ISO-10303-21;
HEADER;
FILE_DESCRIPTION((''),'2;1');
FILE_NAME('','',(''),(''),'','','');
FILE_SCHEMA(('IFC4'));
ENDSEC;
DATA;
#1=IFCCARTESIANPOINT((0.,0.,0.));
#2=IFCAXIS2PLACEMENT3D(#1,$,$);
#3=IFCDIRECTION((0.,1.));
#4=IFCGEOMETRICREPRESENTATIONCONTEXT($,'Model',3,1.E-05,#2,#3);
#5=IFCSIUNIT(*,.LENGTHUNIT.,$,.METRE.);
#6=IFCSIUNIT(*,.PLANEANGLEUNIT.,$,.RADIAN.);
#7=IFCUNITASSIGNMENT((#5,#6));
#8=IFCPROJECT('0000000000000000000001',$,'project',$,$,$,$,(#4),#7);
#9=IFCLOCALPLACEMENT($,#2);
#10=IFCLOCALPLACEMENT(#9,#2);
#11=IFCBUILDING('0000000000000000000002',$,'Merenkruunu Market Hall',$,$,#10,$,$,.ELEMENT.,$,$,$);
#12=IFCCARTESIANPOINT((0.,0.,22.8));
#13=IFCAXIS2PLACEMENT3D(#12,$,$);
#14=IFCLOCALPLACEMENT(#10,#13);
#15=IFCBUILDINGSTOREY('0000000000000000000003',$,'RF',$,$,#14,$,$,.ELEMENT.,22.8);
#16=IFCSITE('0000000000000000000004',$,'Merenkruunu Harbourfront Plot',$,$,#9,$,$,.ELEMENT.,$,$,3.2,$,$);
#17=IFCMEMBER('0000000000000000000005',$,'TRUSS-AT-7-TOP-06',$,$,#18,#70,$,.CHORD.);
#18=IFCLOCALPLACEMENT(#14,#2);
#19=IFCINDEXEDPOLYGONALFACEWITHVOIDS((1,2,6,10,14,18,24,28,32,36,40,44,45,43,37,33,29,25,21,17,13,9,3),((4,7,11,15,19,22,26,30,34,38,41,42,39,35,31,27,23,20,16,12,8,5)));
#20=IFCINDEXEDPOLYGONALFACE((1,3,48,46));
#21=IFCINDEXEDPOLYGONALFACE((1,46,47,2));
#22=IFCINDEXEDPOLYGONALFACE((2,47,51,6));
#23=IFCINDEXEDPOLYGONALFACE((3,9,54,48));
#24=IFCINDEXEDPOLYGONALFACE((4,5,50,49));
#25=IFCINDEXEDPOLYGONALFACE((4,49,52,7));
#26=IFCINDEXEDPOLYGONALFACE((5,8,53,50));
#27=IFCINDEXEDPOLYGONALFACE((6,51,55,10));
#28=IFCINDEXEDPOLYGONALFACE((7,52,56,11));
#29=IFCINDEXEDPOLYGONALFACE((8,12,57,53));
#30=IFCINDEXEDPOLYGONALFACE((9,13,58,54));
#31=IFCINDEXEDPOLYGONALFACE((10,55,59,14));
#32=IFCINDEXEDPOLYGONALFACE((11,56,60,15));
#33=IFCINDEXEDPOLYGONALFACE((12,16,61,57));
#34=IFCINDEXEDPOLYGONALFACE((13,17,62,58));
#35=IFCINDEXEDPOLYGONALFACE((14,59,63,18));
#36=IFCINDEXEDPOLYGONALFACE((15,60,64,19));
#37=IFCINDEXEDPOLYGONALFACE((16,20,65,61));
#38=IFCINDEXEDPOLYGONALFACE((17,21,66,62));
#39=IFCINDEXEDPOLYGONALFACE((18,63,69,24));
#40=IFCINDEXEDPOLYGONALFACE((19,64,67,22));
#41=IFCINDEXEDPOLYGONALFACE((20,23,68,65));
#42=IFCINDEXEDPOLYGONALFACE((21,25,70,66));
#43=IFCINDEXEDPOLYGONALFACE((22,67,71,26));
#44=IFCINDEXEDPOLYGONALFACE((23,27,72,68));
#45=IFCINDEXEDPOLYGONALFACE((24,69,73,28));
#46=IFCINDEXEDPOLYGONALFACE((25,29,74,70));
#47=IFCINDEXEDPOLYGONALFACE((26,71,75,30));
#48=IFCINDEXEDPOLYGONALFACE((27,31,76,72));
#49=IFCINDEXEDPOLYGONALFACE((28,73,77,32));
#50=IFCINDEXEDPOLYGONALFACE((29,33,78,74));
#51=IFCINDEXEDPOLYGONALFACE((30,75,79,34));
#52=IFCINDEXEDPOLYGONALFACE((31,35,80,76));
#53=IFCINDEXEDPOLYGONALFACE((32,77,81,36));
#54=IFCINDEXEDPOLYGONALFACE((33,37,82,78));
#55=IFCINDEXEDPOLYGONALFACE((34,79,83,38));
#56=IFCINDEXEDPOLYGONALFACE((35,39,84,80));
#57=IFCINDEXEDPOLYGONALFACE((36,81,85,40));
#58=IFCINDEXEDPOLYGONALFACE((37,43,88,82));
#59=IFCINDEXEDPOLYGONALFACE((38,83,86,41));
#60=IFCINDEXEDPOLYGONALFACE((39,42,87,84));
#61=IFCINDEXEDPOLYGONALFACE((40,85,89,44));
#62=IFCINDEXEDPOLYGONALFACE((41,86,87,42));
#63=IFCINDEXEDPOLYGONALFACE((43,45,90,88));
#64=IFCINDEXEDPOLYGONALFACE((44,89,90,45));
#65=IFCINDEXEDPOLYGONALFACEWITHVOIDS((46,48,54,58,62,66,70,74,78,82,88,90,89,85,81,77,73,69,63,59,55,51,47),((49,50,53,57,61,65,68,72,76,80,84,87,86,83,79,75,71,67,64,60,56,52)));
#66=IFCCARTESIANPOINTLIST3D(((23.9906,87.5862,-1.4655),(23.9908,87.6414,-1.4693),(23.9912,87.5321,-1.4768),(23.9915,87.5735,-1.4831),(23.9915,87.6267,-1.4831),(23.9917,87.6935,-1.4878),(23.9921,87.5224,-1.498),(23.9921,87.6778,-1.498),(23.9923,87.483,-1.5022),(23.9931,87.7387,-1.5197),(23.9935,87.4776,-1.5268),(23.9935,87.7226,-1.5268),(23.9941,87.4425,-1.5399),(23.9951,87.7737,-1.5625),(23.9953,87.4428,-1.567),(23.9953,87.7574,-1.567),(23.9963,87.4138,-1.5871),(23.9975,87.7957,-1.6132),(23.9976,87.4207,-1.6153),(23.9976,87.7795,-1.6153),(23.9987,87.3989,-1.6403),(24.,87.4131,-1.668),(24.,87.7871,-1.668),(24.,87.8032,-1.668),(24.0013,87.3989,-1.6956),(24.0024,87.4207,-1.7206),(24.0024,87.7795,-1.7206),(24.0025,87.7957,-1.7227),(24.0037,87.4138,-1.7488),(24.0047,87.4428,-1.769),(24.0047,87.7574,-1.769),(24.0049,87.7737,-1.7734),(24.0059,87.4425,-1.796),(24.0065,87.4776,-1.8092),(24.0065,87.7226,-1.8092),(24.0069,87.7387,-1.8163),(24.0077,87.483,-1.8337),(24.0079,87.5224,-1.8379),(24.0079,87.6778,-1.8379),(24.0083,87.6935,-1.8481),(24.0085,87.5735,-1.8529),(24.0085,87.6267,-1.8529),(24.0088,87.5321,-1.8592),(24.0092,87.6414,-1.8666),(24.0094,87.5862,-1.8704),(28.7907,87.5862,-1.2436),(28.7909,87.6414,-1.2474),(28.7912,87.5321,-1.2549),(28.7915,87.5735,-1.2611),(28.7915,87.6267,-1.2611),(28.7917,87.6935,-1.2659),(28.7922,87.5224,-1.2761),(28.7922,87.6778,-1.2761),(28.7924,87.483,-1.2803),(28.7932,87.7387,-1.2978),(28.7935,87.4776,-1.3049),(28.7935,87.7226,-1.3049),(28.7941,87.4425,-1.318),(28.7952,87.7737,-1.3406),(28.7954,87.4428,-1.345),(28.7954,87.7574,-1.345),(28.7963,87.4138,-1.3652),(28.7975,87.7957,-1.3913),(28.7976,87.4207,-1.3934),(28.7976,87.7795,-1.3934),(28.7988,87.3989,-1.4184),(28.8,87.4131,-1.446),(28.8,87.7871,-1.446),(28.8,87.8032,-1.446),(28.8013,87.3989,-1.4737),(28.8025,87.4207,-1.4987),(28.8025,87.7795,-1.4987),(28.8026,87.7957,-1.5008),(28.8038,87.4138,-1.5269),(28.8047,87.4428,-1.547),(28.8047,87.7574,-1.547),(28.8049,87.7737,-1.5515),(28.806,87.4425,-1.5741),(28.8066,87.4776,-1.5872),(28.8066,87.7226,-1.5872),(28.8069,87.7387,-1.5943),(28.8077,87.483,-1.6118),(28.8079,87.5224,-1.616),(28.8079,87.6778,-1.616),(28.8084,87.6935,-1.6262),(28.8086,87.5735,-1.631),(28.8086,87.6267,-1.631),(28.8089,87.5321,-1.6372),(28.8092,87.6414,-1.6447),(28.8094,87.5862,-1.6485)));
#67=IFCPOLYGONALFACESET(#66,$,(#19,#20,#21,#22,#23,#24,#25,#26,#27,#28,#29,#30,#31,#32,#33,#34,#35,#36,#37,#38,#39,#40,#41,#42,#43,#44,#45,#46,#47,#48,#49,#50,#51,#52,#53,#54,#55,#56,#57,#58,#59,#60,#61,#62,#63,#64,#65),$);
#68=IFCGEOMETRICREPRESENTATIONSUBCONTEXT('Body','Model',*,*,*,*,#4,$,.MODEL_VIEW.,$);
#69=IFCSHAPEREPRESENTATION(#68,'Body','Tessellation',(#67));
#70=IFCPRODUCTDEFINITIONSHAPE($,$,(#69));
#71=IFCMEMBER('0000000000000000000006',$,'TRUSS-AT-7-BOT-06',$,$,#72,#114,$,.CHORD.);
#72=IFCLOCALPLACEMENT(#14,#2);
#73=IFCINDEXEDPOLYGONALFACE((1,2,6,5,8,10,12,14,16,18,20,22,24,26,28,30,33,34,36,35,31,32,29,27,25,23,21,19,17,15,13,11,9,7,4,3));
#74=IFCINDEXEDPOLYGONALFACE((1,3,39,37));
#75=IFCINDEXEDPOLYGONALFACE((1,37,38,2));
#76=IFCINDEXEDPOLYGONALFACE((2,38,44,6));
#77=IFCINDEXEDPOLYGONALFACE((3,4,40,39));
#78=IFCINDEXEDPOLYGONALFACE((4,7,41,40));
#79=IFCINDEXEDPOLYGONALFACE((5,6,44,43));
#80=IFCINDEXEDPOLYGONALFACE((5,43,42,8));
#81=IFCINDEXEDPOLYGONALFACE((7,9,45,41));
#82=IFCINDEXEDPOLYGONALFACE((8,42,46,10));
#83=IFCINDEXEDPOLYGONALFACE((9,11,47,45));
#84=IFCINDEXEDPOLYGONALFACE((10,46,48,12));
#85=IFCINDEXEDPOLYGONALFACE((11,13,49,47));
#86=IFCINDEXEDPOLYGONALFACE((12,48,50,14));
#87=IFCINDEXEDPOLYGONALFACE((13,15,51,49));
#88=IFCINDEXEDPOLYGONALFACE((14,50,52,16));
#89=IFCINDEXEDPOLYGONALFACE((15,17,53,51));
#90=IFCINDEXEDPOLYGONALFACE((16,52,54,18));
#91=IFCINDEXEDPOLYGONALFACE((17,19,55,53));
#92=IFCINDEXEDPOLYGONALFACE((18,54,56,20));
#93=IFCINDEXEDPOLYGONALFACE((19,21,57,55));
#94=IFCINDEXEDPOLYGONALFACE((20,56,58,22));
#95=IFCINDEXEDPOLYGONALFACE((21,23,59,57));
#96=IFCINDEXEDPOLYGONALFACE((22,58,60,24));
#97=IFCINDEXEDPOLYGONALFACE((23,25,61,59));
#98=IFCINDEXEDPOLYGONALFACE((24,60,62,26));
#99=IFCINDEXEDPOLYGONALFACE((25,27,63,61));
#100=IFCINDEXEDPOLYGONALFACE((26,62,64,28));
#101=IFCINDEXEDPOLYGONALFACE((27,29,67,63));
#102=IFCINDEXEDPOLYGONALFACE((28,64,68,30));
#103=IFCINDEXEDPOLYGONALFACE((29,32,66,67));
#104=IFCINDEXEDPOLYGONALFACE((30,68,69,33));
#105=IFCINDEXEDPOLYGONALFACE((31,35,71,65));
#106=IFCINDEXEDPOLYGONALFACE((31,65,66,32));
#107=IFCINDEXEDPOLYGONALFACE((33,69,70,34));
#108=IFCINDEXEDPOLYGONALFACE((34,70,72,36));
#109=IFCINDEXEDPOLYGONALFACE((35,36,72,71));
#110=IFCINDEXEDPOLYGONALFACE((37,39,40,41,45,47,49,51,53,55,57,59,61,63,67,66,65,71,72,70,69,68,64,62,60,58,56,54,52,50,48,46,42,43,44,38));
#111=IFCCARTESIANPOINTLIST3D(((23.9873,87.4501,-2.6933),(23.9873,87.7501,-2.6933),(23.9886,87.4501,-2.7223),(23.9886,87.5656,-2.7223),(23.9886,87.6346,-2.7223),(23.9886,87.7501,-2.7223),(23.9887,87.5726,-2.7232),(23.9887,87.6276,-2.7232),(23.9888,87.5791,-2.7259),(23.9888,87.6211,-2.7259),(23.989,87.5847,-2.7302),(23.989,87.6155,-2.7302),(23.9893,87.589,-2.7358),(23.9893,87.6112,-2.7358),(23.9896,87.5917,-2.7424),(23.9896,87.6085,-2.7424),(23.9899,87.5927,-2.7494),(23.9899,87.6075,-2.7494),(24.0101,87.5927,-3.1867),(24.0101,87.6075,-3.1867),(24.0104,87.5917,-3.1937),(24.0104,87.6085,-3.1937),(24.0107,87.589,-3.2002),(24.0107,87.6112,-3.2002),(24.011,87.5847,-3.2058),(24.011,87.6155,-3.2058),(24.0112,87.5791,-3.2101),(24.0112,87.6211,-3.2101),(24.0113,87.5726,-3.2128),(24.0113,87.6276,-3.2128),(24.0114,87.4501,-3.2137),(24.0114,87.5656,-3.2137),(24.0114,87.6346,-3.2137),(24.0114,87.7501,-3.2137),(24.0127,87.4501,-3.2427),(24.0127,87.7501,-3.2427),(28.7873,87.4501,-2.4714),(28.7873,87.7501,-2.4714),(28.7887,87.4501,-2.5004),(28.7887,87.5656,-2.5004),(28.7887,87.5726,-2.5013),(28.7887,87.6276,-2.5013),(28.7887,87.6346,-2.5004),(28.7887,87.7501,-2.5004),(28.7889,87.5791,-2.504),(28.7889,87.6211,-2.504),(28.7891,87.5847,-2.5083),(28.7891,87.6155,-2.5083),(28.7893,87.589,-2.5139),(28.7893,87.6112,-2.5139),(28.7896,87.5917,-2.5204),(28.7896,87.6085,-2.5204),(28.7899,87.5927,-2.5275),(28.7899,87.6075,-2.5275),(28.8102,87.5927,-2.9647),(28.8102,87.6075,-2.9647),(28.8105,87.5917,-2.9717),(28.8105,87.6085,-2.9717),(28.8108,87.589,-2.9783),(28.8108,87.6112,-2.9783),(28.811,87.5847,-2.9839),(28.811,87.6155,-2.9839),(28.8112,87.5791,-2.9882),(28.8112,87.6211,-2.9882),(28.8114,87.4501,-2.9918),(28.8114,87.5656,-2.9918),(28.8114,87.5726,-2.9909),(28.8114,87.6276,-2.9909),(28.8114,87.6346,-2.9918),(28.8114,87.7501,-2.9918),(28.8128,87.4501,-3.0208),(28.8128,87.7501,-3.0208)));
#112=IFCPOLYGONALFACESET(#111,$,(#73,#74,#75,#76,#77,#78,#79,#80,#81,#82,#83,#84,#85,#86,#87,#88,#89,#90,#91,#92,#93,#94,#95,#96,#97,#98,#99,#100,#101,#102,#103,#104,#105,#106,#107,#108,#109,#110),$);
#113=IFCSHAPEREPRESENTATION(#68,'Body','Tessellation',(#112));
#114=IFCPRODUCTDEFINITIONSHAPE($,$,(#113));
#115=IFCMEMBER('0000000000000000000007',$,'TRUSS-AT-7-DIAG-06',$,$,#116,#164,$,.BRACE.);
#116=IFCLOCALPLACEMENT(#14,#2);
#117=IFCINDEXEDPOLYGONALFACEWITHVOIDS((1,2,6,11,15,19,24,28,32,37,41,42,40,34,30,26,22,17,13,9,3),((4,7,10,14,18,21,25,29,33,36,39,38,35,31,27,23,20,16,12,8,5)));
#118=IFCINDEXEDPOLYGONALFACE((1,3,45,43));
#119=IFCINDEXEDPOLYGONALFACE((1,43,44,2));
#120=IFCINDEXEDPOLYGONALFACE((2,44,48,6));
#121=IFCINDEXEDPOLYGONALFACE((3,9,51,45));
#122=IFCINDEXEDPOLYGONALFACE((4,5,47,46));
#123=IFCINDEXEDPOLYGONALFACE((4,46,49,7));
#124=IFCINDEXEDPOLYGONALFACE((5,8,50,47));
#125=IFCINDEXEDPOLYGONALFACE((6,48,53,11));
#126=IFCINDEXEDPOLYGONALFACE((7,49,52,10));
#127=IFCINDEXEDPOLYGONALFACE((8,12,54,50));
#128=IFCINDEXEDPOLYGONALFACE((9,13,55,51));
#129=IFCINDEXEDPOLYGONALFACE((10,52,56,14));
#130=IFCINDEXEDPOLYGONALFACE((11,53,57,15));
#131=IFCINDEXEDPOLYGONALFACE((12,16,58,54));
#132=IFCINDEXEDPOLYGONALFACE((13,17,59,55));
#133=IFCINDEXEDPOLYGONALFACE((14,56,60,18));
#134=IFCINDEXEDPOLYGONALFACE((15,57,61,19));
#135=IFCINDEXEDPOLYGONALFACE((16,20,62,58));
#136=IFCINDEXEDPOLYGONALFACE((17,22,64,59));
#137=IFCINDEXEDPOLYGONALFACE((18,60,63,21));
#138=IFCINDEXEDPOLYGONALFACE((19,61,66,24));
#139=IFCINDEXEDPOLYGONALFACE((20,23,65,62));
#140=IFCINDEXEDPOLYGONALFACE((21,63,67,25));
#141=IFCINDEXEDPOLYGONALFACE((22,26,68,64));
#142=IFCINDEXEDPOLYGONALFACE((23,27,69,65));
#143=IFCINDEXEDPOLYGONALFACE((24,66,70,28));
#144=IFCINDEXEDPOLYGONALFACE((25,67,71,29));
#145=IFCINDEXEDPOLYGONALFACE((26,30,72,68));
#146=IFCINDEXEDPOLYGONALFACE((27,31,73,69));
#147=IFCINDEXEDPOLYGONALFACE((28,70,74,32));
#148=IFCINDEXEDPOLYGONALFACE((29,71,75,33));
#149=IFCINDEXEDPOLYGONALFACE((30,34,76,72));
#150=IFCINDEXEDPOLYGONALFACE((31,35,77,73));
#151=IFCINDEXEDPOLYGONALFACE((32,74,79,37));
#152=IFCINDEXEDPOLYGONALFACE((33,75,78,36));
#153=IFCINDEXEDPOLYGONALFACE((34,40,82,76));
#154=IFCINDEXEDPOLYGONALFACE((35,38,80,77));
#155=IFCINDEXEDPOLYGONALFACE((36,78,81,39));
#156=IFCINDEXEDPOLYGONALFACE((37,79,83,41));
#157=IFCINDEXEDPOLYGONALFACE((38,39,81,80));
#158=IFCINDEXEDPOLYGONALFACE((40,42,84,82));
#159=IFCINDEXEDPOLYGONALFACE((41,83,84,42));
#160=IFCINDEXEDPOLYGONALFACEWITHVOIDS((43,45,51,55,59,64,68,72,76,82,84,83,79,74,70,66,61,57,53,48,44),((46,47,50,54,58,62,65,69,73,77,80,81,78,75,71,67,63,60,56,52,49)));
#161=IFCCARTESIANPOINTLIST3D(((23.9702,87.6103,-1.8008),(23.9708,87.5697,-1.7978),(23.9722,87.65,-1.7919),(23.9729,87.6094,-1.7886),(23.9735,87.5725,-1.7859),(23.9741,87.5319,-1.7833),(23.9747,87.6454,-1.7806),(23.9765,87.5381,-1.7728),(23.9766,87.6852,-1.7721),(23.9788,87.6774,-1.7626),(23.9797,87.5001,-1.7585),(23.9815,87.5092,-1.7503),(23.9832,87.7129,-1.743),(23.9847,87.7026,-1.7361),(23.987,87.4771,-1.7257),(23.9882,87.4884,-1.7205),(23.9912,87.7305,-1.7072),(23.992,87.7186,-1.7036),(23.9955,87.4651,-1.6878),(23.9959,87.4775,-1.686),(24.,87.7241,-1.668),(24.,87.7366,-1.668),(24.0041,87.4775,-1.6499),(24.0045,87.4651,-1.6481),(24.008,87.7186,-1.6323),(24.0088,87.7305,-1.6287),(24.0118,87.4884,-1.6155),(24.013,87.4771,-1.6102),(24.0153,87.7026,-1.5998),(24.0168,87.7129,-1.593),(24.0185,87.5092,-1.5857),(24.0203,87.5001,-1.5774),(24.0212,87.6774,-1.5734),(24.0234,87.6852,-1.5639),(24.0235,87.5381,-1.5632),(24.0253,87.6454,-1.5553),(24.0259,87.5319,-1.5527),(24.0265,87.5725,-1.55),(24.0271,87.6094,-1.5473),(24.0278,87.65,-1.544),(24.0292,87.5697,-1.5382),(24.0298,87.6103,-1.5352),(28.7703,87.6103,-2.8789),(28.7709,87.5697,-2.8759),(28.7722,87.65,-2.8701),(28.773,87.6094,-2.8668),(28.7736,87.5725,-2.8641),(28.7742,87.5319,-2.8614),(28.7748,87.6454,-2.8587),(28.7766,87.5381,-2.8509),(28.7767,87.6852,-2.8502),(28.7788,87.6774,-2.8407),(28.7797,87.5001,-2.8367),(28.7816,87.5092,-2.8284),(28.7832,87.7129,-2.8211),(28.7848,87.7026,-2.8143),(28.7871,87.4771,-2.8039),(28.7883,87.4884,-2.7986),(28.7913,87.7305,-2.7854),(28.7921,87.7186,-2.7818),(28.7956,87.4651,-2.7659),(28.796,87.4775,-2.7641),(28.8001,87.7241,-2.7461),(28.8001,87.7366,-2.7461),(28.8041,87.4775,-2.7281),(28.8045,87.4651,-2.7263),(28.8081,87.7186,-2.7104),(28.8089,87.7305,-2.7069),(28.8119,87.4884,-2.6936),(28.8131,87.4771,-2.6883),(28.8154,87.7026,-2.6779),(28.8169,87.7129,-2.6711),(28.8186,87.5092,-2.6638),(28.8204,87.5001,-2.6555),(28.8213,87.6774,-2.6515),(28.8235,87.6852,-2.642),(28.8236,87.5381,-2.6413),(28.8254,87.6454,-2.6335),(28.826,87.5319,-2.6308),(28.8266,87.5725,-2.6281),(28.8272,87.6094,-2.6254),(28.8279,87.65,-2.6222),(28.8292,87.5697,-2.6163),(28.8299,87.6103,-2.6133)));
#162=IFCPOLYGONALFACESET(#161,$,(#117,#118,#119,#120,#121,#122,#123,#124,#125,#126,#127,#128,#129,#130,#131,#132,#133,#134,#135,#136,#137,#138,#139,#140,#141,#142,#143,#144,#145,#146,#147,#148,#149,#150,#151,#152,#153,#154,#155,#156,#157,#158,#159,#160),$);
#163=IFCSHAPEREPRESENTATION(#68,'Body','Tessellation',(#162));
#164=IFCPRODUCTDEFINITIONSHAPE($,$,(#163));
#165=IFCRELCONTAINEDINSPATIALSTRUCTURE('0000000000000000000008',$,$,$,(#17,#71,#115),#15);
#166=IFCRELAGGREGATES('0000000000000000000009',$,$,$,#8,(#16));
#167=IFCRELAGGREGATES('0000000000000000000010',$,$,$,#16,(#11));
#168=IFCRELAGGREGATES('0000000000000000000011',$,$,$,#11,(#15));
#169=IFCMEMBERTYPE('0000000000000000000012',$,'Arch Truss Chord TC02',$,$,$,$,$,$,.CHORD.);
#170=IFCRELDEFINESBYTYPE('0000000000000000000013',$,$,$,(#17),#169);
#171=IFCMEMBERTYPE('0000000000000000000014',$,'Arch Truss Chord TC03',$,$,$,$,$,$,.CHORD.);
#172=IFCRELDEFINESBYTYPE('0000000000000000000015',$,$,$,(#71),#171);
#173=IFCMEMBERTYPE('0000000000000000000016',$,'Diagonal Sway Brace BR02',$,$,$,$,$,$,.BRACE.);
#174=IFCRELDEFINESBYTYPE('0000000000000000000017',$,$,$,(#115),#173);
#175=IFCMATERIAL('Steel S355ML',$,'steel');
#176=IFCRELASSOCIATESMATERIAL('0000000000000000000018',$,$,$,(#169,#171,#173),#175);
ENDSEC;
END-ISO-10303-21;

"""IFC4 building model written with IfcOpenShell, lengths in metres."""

from ifc_helpers import new_model, si_unit, direction, frame, origin, origin_2d, place, context, subcontext, project, spatial, hollow_circle, i_section, extrude, material, material_profile, profile_set, type_object, element, save


model = new_model("IFC4")

# Units and contexts
model_context = context("Model", 3, precision=1e-05, world=origin(), true_north=direction((0.0, 1.0)))
body_context = subcontext(model_context, "Body", "Model", "MODEL_VIEW")
ifc_project = project(units=[si_unit("LENGTHUNIT", "METRE"), si_unit("PLANEANGLEUNIT", "RADIAN")], contexts=[model_context])

# Site, building, storey
site_placement = place(None, origin())
site = spatial("IfcSite", under=ifc_project, at=site_placement, Name="Merenkruunu Harbourfront Plot", CompositionType="ELEMENT", RefElevation=3.2)
building_placement = place(site_placement, origin())
building = spatial("IfcBuilding", under=site, at=building_placement, Name="Merenkruunu Market Hall", CompositionType="ELEMENT")
storey_placement = place(building_placement, frame((0.0, 0.0, 22.8)))
storey = spatial("IfcBuildingStorey", under=building, at=storey_placement, Name="RF", CompositionType="ELEMENT", Elevation=22.8)

# Members
ifc_material_1 = material(Name="Steel S355ML", Category="steel")
ifc_material_profile_1 = material_profile(ifc_material_1, hollow_circle(Radius=0.2031, WallThickness=0.0161, at=origin_2d()), Name="CHS 406.4x16")
ifc_profile_set_1 = profile_set([ifc_material_profile_1], Name="Steel S355ML")
member_type_1 = type_object("IfcMemberType", Name="Arch Truss Chord TC02", PredefinedType="CHORD", material=ifc_profile_set_1)
member_1_placement = place(storey_placement, frame((24.0, 87.6001, -1.668), z_axis=(0.998933, 0.0, 0.046184), x_axis=(0.0, 1.0, 0.0)))
element("IfcMember", 1, at=member_1_placement, inside=storey, type_object=member_type_1, Name="TRUSS-AT-7-TOP-06", PredefinedType="CHORD", context=body_context, shape_type="SweptSolid", body=[
    extrude(hollow_circle(Radius=0.2031, WallThickness=0.0161, at=origin_2d()), origin(), (0.0, 0.0, 1.0), 4.8052),
])
ifc_material_profile_2 = material_profile(ifc_material_1, i_section(OverallWidth=0.3, OverallDepth=0.55, WebThickness=0.0149, FlangeThickness=0.0291, FilletRadius=0.0271, at=origin_2d()), Name="HEB 550")
ifc_profile_set_2 = profile_set([ifc_material_profile_2], Name="Steel S355ML")
member_type_2 = type_object("IfcMemberType", Name="Arch Truss Chord TC03", PredefinedType="CHORD", material=ifc_profile_set_2)
member_2_placement = place(storey_placement, frame((24.0, 87.6001, -2.968), z_axis=(0.998933, 0.0, 0.046184), x_axis=(0.0, 1.0, 0.0)))
element("IfcMember", 2, at=member_2_placement, inside=storey, type_object=member_type_2, Name="TRUSS-AT-7-BOT-06", PredefinedType="CHORD", context=body_context, shape_type="SweptSolid", body=[
    extrude(i_section(OverallWidth=0.3, OverallDepth=0.55, WebThickness=0.0149, FlangeThickness=0.0291, FilletRadius=0.0271, at=origin_2d()), origin(), (0.0, 0.0, 1.0), 4.8052),
])
ifc_material_profile_3 = material_profile(ifc_material_1, hollow_circle(Radius=0.1365, WallThickness=0.0125, at=origin_2d()), Name="CHS 273x12.5")
ifc_profile_set_3 = profile_set([ifc_material_profile_3], Name="Steel S355ML")
member_type_3 = type_object("IfcMemberType", Name="Diagonal Sway Brace BR02", PredefinedType="BRACE", material=ifc_profile_set_3)
member_3_placement = place(storey_placement, frame((24.0, 87.6001, -1.668), z_axis=(0.975692, 0.0, -0.219147), x_axis=(0.0, 1.0, 0.0)))
element("IfcMember", 3, at=member_3_placement, inside=storey, type_object=member_type_3, Name="TRUSS-AT-7-DIAG-06", PredefinedType="BRACE", context=body_context, shape_type="SweptSolid", body=[
    extrude(hollow_circle(Radius=0.1365, WallThickness=0.0125, at=origin_2d()), origin(), (0.0, 0.0, 1.0), 4.9197),
])

save(model, "model.ifc")
